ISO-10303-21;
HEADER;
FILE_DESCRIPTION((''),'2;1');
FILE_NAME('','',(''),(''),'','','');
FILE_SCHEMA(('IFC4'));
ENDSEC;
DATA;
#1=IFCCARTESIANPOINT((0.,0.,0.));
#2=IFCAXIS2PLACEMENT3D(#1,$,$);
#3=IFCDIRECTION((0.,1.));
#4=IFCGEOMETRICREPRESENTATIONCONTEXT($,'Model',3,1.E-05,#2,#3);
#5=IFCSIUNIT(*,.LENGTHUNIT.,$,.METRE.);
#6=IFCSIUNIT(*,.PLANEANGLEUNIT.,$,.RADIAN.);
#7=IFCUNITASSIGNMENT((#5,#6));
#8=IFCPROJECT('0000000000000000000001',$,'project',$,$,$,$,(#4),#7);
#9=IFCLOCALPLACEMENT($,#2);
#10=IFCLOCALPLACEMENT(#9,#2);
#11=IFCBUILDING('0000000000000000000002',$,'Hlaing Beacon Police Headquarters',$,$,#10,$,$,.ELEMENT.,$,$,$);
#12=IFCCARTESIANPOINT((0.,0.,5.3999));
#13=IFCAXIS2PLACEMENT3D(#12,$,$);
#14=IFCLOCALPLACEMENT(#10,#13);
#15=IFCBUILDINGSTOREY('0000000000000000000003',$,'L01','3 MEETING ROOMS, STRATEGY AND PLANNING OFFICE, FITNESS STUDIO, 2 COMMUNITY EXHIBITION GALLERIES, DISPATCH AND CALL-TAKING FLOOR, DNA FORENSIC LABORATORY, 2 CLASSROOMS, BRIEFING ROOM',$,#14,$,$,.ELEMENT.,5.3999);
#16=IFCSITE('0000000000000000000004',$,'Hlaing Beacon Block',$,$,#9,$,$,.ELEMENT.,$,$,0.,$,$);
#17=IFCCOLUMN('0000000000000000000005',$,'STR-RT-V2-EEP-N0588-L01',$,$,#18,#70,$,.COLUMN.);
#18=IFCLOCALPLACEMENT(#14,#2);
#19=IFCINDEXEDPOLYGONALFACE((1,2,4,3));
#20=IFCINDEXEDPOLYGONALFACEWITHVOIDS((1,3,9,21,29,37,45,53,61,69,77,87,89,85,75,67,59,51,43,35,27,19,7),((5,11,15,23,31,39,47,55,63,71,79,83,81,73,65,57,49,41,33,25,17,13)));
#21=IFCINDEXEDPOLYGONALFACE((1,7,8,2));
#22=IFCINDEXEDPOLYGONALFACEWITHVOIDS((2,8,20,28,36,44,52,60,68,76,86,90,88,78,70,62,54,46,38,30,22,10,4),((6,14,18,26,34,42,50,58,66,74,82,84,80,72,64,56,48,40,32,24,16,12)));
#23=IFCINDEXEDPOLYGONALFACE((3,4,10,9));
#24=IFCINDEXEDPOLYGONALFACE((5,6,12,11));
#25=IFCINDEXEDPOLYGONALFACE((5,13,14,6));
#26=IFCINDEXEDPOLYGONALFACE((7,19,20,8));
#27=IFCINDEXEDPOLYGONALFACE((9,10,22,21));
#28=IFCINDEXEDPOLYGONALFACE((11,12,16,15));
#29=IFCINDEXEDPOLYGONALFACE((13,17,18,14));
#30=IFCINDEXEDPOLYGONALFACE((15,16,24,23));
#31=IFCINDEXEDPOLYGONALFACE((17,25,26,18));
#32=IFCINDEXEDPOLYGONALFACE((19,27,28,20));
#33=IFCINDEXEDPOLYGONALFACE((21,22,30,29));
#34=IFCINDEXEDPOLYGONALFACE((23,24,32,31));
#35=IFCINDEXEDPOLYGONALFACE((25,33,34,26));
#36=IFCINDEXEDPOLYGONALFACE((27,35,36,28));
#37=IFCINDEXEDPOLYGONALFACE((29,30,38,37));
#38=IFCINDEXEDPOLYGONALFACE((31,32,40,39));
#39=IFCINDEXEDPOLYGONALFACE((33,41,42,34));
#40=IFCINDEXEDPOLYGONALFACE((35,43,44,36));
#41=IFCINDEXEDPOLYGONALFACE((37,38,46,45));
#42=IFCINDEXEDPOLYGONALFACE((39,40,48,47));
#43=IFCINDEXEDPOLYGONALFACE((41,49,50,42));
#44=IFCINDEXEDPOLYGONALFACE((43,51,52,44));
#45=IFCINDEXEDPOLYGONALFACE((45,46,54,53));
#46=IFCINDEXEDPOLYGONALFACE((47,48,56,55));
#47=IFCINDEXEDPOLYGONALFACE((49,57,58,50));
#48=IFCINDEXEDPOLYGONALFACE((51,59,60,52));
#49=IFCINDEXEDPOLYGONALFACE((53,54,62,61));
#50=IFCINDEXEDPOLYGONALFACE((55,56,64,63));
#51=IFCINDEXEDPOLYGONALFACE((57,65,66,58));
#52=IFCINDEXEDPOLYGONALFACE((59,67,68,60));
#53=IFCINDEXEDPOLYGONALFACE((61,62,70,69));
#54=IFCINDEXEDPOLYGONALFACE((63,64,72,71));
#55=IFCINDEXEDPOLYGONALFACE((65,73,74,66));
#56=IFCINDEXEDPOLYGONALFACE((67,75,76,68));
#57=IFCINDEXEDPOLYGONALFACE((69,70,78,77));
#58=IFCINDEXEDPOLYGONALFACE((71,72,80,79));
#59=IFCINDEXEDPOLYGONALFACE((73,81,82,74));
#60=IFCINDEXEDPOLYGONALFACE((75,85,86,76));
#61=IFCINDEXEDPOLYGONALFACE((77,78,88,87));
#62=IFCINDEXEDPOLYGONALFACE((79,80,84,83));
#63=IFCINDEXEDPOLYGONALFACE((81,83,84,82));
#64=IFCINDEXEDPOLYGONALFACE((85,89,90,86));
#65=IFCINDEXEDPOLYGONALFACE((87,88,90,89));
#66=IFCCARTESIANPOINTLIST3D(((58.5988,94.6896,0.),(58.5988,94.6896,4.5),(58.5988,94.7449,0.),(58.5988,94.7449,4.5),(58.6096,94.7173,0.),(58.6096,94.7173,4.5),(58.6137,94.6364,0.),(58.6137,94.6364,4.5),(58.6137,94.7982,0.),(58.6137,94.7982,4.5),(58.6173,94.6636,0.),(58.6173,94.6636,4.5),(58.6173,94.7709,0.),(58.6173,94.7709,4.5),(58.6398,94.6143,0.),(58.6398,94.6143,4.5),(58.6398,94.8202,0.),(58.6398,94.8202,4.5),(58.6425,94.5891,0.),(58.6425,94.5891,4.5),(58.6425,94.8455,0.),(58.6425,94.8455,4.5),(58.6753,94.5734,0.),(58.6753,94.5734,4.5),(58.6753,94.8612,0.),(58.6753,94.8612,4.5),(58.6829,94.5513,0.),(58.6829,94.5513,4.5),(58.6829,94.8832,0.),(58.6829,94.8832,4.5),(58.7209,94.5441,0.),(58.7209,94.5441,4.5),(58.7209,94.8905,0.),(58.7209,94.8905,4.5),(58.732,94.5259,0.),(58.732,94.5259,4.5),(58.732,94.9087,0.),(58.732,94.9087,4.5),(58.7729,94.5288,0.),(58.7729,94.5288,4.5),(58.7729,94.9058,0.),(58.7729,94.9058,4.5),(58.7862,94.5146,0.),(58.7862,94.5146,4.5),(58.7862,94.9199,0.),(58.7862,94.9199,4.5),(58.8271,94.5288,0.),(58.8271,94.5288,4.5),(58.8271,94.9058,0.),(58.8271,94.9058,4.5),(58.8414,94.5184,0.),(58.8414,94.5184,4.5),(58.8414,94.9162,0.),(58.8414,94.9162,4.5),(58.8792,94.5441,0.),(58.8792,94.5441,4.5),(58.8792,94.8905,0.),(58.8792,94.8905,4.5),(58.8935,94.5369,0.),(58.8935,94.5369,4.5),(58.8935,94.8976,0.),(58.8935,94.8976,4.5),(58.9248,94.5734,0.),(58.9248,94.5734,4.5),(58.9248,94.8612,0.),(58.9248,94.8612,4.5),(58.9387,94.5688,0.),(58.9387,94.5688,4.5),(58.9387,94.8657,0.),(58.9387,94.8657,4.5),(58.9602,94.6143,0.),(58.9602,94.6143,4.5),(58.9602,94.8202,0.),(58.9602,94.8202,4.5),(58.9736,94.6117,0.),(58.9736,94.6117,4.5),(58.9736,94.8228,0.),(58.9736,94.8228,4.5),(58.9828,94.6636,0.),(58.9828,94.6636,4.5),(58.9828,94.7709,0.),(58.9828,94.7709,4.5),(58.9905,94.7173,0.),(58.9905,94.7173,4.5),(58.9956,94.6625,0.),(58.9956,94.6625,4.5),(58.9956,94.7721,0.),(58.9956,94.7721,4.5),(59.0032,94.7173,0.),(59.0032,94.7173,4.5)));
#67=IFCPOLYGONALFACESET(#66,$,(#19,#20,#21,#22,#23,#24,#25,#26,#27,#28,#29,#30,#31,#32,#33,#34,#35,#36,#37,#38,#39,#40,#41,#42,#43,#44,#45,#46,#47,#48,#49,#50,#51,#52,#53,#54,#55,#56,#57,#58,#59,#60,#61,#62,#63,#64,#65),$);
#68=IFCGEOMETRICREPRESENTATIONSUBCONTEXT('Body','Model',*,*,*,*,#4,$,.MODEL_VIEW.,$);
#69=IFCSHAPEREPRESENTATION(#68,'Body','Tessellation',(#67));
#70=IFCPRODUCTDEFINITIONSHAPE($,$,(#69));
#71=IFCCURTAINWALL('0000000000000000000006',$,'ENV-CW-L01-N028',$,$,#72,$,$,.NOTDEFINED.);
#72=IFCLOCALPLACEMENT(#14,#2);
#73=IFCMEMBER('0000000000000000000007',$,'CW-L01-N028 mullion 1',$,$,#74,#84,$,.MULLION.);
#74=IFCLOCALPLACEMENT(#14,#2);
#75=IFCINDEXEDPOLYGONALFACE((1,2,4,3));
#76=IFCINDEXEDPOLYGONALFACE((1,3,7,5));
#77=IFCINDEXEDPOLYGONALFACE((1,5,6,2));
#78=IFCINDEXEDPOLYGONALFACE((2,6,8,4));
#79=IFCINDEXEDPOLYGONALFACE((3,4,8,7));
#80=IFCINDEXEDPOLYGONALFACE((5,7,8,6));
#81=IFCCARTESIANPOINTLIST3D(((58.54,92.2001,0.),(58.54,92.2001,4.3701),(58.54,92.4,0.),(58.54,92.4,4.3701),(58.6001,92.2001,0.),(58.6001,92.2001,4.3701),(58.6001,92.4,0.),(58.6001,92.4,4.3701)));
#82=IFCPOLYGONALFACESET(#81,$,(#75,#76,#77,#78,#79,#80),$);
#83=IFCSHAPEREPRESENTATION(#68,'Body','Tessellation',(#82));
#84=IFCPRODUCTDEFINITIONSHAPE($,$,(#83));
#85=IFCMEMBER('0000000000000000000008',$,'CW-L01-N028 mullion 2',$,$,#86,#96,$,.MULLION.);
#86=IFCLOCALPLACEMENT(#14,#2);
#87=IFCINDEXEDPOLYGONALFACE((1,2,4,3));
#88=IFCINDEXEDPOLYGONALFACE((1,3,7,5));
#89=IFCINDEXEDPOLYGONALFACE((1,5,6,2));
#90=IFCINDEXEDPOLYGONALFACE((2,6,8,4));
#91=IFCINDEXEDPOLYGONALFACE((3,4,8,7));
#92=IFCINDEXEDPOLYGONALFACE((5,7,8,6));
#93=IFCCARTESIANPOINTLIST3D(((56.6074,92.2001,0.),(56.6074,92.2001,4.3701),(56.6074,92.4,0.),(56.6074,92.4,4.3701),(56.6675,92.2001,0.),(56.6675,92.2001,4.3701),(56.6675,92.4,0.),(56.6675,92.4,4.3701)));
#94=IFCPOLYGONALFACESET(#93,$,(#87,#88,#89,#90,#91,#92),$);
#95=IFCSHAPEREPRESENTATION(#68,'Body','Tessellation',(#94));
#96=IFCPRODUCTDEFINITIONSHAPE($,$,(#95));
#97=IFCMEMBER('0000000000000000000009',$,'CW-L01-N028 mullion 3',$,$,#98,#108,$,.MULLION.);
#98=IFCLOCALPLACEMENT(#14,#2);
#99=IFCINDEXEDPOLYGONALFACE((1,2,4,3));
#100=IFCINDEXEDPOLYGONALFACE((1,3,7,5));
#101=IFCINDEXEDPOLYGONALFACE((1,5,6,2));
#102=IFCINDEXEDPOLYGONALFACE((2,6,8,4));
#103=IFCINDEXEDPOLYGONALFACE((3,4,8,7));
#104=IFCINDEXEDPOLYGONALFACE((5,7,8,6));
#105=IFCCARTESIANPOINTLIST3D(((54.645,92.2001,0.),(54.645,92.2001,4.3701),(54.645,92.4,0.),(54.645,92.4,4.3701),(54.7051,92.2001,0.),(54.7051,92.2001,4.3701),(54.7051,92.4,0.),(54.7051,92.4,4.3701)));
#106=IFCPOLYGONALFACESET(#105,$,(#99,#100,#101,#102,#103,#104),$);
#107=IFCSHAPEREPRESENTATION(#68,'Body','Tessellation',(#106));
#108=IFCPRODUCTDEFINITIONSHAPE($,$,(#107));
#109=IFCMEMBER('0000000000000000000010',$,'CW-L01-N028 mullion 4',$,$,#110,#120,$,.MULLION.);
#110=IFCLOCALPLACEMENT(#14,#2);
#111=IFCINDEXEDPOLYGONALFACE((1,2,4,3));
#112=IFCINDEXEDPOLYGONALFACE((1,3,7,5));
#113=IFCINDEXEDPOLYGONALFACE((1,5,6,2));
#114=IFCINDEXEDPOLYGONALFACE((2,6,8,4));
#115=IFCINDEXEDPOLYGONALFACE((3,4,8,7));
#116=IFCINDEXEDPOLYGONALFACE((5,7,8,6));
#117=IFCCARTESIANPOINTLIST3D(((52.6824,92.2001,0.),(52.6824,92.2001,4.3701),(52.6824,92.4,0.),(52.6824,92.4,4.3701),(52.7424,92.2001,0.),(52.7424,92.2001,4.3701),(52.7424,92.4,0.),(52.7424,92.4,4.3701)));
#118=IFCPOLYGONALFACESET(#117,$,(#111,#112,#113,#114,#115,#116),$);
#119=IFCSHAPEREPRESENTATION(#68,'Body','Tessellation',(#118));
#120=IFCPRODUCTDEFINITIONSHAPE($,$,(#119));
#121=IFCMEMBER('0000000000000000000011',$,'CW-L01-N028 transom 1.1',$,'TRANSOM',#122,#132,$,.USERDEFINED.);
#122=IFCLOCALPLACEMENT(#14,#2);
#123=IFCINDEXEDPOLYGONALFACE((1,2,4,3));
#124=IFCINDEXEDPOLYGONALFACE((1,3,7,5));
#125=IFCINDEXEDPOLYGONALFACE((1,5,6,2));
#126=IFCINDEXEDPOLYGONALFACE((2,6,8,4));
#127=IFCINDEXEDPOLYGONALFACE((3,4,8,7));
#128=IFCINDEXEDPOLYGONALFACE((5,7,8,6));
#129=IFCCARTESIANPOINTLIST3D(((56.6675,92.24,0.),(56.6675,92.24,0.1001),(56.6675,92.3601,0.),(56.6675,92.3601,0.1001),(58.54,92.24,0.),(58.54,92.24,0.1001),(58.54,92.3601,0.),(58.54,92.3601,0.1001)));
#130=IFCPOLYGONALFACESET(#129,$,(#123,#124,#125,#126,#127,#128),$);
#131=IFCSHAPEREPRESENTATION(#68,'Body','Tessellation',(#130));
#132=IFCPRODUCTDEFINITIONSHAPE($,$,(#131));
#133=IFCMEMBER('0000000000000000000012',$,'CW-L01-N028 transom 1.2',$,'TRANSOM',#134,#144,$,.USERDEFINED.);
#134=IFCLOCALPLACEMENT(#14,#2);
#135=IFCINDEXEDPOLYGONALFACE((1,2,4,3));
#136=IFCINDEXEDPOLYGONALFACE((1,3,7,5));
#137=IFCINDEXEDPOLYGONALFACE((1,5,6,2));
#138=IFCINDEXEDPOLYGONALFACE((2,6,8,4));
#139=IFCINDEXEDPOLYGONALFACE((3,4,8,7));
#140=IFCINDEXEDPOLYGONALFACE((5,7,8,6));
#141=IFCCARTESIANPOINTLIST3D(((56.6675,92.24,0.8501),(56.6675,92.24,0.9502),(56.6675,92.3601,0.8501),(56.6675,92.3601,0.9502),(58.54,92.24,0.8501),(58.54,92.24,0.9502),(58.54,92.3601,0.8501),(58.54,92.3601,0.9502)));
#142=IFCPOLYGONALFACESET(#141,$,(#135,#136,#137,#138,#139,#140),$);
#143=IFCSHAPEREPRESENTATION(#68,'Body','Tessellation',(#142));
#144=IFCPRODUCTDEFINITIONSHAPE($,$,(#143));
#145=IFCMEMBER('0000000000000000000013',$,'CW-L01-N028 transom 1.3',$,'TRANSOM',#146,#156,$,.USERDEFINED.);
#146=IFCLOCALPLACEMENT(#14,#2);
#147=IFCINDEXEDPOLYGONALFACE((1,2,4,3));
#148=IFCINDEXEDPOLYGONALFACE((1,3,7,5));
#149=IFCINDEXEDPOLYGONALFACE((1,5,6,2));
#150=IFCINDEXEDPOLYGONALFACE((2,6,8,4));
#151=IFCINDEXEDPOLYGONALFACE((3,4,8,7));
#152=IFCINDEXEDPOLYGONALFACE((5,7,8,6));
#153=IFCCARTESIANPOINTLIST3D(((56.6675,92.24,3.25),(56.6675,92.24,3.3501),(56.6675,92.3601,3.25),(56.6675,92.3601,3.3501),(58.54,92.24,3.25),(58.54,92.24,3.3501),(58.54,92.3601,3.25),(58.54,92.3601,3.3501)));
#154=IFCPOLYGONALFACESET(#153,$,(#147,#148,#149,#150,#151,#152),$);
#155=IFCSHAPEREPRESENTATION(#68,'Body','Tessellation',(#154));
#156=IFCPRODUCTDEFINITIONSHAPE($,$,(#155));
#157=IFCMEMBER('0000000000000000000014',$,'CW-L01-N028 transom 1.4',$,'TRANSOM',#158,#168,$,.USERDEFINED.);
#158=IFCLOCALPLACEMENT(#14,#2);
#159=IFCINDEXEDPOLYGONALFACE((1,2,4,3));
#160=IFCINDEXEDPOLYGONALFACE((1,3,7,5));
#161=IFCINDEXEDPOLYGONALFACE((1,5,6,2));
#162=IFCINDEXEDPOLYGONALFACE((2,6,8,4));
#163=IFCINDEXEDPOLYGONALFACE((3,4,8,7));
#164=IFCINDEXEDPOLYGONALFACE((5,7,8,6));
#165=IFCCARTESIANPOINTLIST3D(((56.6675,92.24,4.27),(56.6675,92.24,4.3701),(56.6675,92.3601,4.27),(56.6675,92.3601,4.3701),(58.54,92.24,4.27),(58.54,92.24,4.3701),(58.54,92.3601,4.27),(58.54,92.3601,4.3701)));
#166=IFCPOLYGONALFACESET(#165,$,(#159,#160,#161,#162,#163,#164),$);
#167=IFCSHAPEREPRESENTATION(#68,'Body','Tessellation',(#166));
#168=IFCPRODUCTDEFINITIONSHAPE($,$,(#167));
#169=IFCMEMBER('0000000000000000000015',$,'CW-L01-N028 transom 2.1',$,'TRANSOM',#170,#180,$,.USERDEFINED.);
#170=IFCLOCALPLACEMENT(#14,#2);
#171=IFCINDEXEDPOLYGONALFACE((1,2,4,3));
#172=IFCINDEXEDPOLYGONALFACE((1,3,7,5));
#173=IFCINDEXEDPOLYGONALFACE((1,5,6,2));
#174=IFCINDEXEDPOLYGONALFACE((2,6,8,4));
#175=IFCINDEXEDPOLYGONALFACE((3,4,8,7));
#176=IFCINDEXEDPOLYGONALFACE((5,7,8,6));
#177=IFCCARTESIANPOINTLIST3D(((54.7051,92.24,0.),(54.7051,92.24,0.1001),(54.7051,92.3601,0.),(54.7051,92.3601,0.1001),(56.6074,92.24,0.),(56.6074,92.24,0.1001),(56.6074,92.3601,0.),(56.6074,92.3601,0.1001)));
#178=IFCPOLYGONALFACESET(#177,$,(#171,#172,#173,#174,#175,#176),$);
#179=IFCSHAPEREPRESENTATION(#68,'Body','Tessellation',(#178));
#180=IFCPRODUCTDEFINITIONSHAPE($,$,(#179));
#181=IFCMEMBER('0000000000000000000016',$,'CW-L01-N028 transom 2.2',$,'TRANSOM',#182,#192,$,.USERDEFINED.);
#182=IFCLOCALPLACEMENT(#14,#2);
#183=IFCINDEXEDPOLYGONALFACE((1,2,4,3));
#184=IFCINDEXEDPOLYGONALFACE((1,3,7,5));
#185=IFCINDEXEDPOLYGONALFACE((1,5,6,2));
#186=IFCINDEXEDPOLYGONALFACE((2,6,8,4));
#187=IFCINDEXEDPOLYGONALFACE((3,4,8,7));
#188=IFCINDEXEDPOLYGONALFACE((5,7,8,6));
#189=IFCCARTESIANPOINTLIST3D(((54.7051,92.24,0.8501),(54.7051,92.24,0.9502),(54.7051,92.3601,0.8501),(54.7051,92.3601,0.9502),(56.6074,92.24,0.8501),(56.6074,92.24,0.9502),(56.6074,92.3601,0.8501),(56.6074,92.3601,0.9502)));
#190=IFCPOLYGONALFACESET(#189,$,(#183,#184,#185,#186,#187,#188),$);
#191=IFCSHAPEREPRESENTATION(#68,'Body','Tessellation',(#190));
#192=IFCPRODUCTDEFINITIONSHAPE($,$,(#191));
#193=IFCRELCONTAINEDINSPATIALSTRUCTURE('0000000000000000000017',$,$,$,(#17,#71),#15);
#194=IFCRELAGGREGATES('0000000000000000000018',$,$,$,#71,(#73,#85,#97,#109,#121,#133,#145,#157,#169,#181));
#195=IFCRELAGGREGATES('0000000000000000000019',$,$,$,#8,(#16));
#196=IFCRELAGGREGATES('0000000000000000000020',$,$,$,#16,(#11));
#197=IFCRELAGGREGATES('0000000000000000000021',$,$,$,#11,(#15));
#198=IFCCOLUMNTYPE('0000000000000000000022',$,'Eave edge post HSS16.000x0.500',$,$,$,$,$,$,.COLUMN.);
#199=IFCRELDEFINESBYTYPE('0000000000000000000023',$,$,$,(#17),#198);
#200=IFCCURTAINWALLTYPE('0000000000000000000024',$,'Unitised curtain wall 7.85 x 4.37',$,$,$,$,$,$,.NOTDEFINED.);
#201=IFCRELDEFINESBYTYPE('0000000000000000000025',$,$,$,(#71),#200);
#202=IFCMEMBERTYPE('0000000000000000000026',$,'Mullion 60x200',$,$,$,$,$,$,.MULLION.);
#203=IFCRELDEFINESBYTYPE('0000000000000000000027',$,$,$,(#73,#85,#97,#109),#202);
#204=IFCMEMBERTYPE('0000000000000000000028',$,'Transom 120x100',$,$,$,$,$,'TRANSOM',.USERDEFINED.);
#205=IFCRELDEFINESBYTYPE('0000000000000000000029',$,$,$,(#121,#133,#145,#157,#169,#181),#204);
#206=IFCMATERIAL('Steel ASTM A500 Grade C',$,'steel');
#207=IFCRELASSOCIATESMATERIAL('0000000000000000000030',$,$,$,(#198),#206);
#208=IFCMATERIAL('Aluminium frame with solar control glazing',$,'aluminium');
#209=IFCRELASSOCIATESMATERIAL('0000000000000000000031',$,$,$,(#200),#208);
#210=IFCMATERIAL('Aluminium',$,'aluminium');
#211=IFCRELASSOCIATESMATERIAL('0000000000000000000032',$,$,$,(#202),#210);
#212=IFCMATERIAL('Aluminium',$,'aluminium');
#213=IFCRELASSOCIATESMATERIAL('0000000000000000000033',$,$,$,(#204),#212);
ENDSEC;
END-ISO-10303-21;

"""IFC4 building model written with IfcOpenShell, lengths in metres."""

from ifc_helpers import new_model, si_unit, direction, frame, origin, origin_2d, place, context, subcontext, project, spatial, rectangle, hollow_circle, extrude, material, material_profile, profile_set, type_object, element, aggregate, save


model = new_model("IFC4")

# Units and contexts
model_context = context("Model", 3, precision=1e-05, world=origin(), true_north=direction((0.0, 1.0)))
body_context = subcontext(model_context, "Body", "Model", "MODEL_VIEW")
ifc_project = project(units=[si_unit("LENGTHUNIT", "METRE"), si_unit("PLANEANGLEUNIT", "RADIAN")], contexts=[model_context])

# Site, building, storey
site_placement = place(None, origin())
site = spatial("IfcSite", under=ifc_project, at=site_placement, Name="Hlaing Beacon Block", CompositionType="ELEMENT", RefElevation=0.0)
building_placement = place(site_placement, origin())
building = spatial("IfcBuilding", under=site, at=building_placement, Name="Hlaing Beacon Police Headquarters", CompositionType="ELEMENT")
storey_placement = place(building_placement, frame((0.0, 0.0, 5.3999)))
storey = spatial("IfcBuildingStorey", under=building, at=storey_placement, Name="L01", Description="3 MEETING ROOMS, STRATEGY AND PLANNING OFFICE, FITNESS STUDIO, 2 COMMUNITY EXHIBITION GALLERIES, DISPATCH AND CALL-TAKING FLOOR, DNA FORENSIC LABORATORY, 2 CLASSROOMS, BRIEFING ROOM", CompositionType="ELEMENT", Elevation=5.3999)

# Column
ifc_material_1 = material(Name="Steel ASTM A500 Grade C", Category="steel")
ifc_material_profile_1 = material_profile(ifc_material_1, hollow_circle(Radius=0.2031, WallThickness=0.0127, at=origin_2d()), Name="HSS16.000x0.500")
ifc_profile_set_1 = profile_set([ifc_material_profile_1], Name="Steel ASTM A500 Grade C")
column_type = type_object("IfcColumnType", Name="Eave edge post HSS16.000x0.500", PredefinedType="COLUMN", material=ifc_profile_set_1)
column_placement = place(storey_placement, frame((58.8, 94.7173, 0.0), z_axis=(0.0, 0.0, 1.0), x_axis=(1.0, 0.0, 0.0)))
element("IfcColumn", 1, at=column_placement, inside=storey, type_object=column_type, Name="STR-RT-V2-EEP-N0588-L01", PredefinedType="COLUMN", context=body_context, shape_type="SweptSolid", body=[
    extrude(hollow_circle(Radius=0.2031, WallThickness=0.0127, at=origin_2d()), origin(), (0.0, 0.0, 1.0), 4.5),
])

# Curtain wall, members
ifc_material_2 = material(Name="Aluminium frame with solar control glazing", Category="aluminium")
curtain_wall_type = type_object("IfcCurtainWallType", Name="Unitised curtain wall 7.85 x 4.37", PredefinedType="NOTDEFINED", material=ifc_material_2)
curtain_wall_placement = place(storey_placement, origin())
curtain_wall = element("IfcCurtainWall", 2, at=curtain_wall_placement, inside=storey, type_object=curtain_wall_type, Name="ENV-CW-L01-N028", PredefinedType="NOTDEFINED")
ifc_material_3 = material(Name="Aluminium", Category="aluminium")
ifc_material_profile_2 = material_profile(ifc_material_3, rectangle(XDim=0.2, YDim=0.0601, at=origin_2d()), Name="Mullion 60x200")
ifc_profile_set_2 = profile_set([ifc_material_profile_2], Name="Aluminium")
member_type_1 = type_object("IfcMemberType", Name="Mullion 60x200", PredefinedType="MULLION", material=ifc_profile_set_2)
member_1_placement = place(storey_placement, frame((58.5701, 92.3, 0.0), z_axis=(0.0, 0.0, 1.0), x_axis=(0.0, -1.0, 0.0)))
member_1 = element("IfcMember", 3, at=member_1_placement, type_object=member_type_1, Name="CW-L01-N028 mullion 1", PredefinedType="MULLION", context=body_context, shape_type="SweptSolid", body=[
    extrude(rectangle(XDim=0.2, YDim=0.0601, at=origin_2d()), origin(), (0.0, 0.0, 1.0), 4.3701),
])
member_2_placement = place(storey_placement, frame((56.6375, 92.3, 0.0), z_axis=(0.0, 0.0, 1.0), x_axis=(0.0, -1.0, 0.0)))
member_2 = element("IfcMember", 4, at=member_2_placement, type_object=member_type_1, Name="CW-L01-N028 mullion 2", PredefinedType="MULLION", context=body_context, shape_type="SweptSolid", body=[
    extrude(rectangle(XDim=0.2, YDim=0.0601, at=origin_2d()), origin(), (0.0, 0.0, 1.0), 4.3701),
])
member_3_placement = place(storey_placement, frame((54.675, 92.3, 0.0), z_axis=(0.0, 0.0, 1.0), x_axis=(0.0, -1.0, 0.0)))
member_3 = element("IfcMember", 5, at=member_3_placement, type_object=member_type_1, Name="CW-L01-N028 mullion 3", PredefinedType="MULLION", context=body_context, shape_type="SweptSolid", body=[
    extrude(rectangle(XDim=0.2, YDim=0.0601, at=origin_2d()), origin(), (0.0, 0.0, 1.0), 4.3701),
])
member_4_placement = place(storey_placement, frame((52.7124, 92.3, 0.0), z_axis=(0.0, 0.0, 1.0), x_axis=(0.0, -1.0, 0.0)))
member_4 = element("IfcMember", 6, at=member_4_placement, type_object=member_type_1, Name="CW-L01-N028 mullion 4", PredefinedType="MULLION", context=body_context, shape_type="SweptSolid", body=[
    extrude(rectangle(XDim=0.2, YDim=0.0601, at=origin_2d()), origin(), (0.0, 0.0, 1.0), 4.3701),
])
ifc_material_4 = material(Name="Aluminium", Category="aluminium")
ifc_material_profile_3 = material_profile(ifc_material_4, rectangle(XDim=0.1201, YDim=0.1001, at=origin_2d()), Name="Transom 120x100")
ifc_profile_set_3 = profile_set([ifc_material_profile_3], Name="Aluminium")
member_type_2 = type_object("IfcMemberType", Name="Transom 120x100", ElementType="TRANSOM", PredefinedType="USERDEFINED", material=ifc_profile_set_3)
member_5_placement = place(storey_placement, frame((58.54, 92.3, 0.05), z_axis=(-1.0, 0.0, 0.0), x_axis=(0.0, -1.0, 0.0)))
member_5 = element("IfcMember", 7, at=member_5_placement, type_object=member_type_2, Name="CW-L01-N028 transom 1.1", ObjectType="TRANSOM", PredefinedType="USERDEFINED", context=body_context, shape_type="SweptSolid", body=[
    extrude(rectangle(XDim=0.1201, YDim=0.1001, at=origin_2d()), origin(), (0.0, 0.0, 1.0), 1.8726),
])
member_6_placement = place(storey_placement, frame((58.54, 92.3, 0.9001), z_axis=(-1.0, 0.0, 0.0), x_axis=(0.0, -1.0, 0.0)))
member_6 = element("IfcMember", 8, at=member_6_placement, type_object=member_type_2, Name="CW-L01-N028 transom 1.2", ObjectType="TRANSOM", PredefinedType="USERDEFINED", context=body_context, shape_type="SweptSolid", body=[
    extrude(rectangle(XDim=0.1201, YDim=0.1001, at=origin_2d()), origin(), (0.0, 0.0, 1.0), 1.8726),
])
member_7_placement = place(storey_placement, frame((58.54, 92.3, 3.3), z_axis=(-1.0, 0.0, 0.0), x_axis=(0.0, -1.0, 0.0)))
member_7 = element("IfcMember", 9, at=member_7_placement, type_object=member_type_2, Name="CW-L01-N028 transom 1.3", ObjectType="TRANSOM", PredefinedType="USERDEFINED", context=body_context, shape_type="SweptSolid", body=[
    extrude(rectangle(XDim=0.1201, YDim=0.1001, at=origin_2d()), origin(), (0.0, 0.0, 1.0), 1.8726),
])
member_8_placement = place(storey_placement, frame((58.54, 92.3, 4.3201), z_axis=(-1.0, 0.0, 0.0), x_axis=(0.0, -1.0, 0.0)))
member_8 = element("IfcMember", 10, at=member_8_placement, type_object=member_type_2, Name="CW-L01-N028 transom 1.4", ObjectType="TRANSOM", PredefinedType="USERDEFINED", context=body_context, shape_type="SweptSolid", body=[
    extrude(rectangle(XDim=0.1201, YDim=0.1001, at=origin_2d()), origin(), (0.0, 0.0, 1.0), 1.8726),
])
member_9_placement = place(storey_placement, frame((56.6074, 92.3, 0.05), z_axis=(-1.0, 0.0, 0.0), x_axis=(0.0, -1.0, 0.0)))
member_9 = element("IfcMember", 11, at=member_9_placement, type_object=member_type_2, Name="CW-L01-N028 transom 2.1", ObjectType="TRANSOM", PredefinedType="USERDEFINED", context=body_context, shape_type="SweptSolid", body=[
    extrude(rectangle(XDim=0.1201, YDim=0.1001, at=origin_2d()), origin(), (0.0, 0.0, 1.0), 1.9023),
])
member_10_placement = place(storey_placement, frame((56.6074, 92.3, 0.9001), z_axis=(-1.0, 0.0, 0.0), x_axis=(0.0, -1.0, 0.0)))
member_10 = element("IfcMember", 12, at=member_10_placement, type_object=member_type_2, Name="CW-L01-N028 transom 2.2", ObjectType="TRANSOM", PredefinedType="USERDEFINED", context=body_context, shape_type="SweptSolid", body=[
    extrude(rectangle(XDim=0.1201, YDim=0.1001, at=origin_2d()), origin(), (0.0, 0.0, 1.0), 1.9023),
])
aggregate(curtain_wall, [member_1, member_2, member_3, member_4, member_5, member_6, member_7, member_8, member_9, member_10])

save(model, "model.ifc")
